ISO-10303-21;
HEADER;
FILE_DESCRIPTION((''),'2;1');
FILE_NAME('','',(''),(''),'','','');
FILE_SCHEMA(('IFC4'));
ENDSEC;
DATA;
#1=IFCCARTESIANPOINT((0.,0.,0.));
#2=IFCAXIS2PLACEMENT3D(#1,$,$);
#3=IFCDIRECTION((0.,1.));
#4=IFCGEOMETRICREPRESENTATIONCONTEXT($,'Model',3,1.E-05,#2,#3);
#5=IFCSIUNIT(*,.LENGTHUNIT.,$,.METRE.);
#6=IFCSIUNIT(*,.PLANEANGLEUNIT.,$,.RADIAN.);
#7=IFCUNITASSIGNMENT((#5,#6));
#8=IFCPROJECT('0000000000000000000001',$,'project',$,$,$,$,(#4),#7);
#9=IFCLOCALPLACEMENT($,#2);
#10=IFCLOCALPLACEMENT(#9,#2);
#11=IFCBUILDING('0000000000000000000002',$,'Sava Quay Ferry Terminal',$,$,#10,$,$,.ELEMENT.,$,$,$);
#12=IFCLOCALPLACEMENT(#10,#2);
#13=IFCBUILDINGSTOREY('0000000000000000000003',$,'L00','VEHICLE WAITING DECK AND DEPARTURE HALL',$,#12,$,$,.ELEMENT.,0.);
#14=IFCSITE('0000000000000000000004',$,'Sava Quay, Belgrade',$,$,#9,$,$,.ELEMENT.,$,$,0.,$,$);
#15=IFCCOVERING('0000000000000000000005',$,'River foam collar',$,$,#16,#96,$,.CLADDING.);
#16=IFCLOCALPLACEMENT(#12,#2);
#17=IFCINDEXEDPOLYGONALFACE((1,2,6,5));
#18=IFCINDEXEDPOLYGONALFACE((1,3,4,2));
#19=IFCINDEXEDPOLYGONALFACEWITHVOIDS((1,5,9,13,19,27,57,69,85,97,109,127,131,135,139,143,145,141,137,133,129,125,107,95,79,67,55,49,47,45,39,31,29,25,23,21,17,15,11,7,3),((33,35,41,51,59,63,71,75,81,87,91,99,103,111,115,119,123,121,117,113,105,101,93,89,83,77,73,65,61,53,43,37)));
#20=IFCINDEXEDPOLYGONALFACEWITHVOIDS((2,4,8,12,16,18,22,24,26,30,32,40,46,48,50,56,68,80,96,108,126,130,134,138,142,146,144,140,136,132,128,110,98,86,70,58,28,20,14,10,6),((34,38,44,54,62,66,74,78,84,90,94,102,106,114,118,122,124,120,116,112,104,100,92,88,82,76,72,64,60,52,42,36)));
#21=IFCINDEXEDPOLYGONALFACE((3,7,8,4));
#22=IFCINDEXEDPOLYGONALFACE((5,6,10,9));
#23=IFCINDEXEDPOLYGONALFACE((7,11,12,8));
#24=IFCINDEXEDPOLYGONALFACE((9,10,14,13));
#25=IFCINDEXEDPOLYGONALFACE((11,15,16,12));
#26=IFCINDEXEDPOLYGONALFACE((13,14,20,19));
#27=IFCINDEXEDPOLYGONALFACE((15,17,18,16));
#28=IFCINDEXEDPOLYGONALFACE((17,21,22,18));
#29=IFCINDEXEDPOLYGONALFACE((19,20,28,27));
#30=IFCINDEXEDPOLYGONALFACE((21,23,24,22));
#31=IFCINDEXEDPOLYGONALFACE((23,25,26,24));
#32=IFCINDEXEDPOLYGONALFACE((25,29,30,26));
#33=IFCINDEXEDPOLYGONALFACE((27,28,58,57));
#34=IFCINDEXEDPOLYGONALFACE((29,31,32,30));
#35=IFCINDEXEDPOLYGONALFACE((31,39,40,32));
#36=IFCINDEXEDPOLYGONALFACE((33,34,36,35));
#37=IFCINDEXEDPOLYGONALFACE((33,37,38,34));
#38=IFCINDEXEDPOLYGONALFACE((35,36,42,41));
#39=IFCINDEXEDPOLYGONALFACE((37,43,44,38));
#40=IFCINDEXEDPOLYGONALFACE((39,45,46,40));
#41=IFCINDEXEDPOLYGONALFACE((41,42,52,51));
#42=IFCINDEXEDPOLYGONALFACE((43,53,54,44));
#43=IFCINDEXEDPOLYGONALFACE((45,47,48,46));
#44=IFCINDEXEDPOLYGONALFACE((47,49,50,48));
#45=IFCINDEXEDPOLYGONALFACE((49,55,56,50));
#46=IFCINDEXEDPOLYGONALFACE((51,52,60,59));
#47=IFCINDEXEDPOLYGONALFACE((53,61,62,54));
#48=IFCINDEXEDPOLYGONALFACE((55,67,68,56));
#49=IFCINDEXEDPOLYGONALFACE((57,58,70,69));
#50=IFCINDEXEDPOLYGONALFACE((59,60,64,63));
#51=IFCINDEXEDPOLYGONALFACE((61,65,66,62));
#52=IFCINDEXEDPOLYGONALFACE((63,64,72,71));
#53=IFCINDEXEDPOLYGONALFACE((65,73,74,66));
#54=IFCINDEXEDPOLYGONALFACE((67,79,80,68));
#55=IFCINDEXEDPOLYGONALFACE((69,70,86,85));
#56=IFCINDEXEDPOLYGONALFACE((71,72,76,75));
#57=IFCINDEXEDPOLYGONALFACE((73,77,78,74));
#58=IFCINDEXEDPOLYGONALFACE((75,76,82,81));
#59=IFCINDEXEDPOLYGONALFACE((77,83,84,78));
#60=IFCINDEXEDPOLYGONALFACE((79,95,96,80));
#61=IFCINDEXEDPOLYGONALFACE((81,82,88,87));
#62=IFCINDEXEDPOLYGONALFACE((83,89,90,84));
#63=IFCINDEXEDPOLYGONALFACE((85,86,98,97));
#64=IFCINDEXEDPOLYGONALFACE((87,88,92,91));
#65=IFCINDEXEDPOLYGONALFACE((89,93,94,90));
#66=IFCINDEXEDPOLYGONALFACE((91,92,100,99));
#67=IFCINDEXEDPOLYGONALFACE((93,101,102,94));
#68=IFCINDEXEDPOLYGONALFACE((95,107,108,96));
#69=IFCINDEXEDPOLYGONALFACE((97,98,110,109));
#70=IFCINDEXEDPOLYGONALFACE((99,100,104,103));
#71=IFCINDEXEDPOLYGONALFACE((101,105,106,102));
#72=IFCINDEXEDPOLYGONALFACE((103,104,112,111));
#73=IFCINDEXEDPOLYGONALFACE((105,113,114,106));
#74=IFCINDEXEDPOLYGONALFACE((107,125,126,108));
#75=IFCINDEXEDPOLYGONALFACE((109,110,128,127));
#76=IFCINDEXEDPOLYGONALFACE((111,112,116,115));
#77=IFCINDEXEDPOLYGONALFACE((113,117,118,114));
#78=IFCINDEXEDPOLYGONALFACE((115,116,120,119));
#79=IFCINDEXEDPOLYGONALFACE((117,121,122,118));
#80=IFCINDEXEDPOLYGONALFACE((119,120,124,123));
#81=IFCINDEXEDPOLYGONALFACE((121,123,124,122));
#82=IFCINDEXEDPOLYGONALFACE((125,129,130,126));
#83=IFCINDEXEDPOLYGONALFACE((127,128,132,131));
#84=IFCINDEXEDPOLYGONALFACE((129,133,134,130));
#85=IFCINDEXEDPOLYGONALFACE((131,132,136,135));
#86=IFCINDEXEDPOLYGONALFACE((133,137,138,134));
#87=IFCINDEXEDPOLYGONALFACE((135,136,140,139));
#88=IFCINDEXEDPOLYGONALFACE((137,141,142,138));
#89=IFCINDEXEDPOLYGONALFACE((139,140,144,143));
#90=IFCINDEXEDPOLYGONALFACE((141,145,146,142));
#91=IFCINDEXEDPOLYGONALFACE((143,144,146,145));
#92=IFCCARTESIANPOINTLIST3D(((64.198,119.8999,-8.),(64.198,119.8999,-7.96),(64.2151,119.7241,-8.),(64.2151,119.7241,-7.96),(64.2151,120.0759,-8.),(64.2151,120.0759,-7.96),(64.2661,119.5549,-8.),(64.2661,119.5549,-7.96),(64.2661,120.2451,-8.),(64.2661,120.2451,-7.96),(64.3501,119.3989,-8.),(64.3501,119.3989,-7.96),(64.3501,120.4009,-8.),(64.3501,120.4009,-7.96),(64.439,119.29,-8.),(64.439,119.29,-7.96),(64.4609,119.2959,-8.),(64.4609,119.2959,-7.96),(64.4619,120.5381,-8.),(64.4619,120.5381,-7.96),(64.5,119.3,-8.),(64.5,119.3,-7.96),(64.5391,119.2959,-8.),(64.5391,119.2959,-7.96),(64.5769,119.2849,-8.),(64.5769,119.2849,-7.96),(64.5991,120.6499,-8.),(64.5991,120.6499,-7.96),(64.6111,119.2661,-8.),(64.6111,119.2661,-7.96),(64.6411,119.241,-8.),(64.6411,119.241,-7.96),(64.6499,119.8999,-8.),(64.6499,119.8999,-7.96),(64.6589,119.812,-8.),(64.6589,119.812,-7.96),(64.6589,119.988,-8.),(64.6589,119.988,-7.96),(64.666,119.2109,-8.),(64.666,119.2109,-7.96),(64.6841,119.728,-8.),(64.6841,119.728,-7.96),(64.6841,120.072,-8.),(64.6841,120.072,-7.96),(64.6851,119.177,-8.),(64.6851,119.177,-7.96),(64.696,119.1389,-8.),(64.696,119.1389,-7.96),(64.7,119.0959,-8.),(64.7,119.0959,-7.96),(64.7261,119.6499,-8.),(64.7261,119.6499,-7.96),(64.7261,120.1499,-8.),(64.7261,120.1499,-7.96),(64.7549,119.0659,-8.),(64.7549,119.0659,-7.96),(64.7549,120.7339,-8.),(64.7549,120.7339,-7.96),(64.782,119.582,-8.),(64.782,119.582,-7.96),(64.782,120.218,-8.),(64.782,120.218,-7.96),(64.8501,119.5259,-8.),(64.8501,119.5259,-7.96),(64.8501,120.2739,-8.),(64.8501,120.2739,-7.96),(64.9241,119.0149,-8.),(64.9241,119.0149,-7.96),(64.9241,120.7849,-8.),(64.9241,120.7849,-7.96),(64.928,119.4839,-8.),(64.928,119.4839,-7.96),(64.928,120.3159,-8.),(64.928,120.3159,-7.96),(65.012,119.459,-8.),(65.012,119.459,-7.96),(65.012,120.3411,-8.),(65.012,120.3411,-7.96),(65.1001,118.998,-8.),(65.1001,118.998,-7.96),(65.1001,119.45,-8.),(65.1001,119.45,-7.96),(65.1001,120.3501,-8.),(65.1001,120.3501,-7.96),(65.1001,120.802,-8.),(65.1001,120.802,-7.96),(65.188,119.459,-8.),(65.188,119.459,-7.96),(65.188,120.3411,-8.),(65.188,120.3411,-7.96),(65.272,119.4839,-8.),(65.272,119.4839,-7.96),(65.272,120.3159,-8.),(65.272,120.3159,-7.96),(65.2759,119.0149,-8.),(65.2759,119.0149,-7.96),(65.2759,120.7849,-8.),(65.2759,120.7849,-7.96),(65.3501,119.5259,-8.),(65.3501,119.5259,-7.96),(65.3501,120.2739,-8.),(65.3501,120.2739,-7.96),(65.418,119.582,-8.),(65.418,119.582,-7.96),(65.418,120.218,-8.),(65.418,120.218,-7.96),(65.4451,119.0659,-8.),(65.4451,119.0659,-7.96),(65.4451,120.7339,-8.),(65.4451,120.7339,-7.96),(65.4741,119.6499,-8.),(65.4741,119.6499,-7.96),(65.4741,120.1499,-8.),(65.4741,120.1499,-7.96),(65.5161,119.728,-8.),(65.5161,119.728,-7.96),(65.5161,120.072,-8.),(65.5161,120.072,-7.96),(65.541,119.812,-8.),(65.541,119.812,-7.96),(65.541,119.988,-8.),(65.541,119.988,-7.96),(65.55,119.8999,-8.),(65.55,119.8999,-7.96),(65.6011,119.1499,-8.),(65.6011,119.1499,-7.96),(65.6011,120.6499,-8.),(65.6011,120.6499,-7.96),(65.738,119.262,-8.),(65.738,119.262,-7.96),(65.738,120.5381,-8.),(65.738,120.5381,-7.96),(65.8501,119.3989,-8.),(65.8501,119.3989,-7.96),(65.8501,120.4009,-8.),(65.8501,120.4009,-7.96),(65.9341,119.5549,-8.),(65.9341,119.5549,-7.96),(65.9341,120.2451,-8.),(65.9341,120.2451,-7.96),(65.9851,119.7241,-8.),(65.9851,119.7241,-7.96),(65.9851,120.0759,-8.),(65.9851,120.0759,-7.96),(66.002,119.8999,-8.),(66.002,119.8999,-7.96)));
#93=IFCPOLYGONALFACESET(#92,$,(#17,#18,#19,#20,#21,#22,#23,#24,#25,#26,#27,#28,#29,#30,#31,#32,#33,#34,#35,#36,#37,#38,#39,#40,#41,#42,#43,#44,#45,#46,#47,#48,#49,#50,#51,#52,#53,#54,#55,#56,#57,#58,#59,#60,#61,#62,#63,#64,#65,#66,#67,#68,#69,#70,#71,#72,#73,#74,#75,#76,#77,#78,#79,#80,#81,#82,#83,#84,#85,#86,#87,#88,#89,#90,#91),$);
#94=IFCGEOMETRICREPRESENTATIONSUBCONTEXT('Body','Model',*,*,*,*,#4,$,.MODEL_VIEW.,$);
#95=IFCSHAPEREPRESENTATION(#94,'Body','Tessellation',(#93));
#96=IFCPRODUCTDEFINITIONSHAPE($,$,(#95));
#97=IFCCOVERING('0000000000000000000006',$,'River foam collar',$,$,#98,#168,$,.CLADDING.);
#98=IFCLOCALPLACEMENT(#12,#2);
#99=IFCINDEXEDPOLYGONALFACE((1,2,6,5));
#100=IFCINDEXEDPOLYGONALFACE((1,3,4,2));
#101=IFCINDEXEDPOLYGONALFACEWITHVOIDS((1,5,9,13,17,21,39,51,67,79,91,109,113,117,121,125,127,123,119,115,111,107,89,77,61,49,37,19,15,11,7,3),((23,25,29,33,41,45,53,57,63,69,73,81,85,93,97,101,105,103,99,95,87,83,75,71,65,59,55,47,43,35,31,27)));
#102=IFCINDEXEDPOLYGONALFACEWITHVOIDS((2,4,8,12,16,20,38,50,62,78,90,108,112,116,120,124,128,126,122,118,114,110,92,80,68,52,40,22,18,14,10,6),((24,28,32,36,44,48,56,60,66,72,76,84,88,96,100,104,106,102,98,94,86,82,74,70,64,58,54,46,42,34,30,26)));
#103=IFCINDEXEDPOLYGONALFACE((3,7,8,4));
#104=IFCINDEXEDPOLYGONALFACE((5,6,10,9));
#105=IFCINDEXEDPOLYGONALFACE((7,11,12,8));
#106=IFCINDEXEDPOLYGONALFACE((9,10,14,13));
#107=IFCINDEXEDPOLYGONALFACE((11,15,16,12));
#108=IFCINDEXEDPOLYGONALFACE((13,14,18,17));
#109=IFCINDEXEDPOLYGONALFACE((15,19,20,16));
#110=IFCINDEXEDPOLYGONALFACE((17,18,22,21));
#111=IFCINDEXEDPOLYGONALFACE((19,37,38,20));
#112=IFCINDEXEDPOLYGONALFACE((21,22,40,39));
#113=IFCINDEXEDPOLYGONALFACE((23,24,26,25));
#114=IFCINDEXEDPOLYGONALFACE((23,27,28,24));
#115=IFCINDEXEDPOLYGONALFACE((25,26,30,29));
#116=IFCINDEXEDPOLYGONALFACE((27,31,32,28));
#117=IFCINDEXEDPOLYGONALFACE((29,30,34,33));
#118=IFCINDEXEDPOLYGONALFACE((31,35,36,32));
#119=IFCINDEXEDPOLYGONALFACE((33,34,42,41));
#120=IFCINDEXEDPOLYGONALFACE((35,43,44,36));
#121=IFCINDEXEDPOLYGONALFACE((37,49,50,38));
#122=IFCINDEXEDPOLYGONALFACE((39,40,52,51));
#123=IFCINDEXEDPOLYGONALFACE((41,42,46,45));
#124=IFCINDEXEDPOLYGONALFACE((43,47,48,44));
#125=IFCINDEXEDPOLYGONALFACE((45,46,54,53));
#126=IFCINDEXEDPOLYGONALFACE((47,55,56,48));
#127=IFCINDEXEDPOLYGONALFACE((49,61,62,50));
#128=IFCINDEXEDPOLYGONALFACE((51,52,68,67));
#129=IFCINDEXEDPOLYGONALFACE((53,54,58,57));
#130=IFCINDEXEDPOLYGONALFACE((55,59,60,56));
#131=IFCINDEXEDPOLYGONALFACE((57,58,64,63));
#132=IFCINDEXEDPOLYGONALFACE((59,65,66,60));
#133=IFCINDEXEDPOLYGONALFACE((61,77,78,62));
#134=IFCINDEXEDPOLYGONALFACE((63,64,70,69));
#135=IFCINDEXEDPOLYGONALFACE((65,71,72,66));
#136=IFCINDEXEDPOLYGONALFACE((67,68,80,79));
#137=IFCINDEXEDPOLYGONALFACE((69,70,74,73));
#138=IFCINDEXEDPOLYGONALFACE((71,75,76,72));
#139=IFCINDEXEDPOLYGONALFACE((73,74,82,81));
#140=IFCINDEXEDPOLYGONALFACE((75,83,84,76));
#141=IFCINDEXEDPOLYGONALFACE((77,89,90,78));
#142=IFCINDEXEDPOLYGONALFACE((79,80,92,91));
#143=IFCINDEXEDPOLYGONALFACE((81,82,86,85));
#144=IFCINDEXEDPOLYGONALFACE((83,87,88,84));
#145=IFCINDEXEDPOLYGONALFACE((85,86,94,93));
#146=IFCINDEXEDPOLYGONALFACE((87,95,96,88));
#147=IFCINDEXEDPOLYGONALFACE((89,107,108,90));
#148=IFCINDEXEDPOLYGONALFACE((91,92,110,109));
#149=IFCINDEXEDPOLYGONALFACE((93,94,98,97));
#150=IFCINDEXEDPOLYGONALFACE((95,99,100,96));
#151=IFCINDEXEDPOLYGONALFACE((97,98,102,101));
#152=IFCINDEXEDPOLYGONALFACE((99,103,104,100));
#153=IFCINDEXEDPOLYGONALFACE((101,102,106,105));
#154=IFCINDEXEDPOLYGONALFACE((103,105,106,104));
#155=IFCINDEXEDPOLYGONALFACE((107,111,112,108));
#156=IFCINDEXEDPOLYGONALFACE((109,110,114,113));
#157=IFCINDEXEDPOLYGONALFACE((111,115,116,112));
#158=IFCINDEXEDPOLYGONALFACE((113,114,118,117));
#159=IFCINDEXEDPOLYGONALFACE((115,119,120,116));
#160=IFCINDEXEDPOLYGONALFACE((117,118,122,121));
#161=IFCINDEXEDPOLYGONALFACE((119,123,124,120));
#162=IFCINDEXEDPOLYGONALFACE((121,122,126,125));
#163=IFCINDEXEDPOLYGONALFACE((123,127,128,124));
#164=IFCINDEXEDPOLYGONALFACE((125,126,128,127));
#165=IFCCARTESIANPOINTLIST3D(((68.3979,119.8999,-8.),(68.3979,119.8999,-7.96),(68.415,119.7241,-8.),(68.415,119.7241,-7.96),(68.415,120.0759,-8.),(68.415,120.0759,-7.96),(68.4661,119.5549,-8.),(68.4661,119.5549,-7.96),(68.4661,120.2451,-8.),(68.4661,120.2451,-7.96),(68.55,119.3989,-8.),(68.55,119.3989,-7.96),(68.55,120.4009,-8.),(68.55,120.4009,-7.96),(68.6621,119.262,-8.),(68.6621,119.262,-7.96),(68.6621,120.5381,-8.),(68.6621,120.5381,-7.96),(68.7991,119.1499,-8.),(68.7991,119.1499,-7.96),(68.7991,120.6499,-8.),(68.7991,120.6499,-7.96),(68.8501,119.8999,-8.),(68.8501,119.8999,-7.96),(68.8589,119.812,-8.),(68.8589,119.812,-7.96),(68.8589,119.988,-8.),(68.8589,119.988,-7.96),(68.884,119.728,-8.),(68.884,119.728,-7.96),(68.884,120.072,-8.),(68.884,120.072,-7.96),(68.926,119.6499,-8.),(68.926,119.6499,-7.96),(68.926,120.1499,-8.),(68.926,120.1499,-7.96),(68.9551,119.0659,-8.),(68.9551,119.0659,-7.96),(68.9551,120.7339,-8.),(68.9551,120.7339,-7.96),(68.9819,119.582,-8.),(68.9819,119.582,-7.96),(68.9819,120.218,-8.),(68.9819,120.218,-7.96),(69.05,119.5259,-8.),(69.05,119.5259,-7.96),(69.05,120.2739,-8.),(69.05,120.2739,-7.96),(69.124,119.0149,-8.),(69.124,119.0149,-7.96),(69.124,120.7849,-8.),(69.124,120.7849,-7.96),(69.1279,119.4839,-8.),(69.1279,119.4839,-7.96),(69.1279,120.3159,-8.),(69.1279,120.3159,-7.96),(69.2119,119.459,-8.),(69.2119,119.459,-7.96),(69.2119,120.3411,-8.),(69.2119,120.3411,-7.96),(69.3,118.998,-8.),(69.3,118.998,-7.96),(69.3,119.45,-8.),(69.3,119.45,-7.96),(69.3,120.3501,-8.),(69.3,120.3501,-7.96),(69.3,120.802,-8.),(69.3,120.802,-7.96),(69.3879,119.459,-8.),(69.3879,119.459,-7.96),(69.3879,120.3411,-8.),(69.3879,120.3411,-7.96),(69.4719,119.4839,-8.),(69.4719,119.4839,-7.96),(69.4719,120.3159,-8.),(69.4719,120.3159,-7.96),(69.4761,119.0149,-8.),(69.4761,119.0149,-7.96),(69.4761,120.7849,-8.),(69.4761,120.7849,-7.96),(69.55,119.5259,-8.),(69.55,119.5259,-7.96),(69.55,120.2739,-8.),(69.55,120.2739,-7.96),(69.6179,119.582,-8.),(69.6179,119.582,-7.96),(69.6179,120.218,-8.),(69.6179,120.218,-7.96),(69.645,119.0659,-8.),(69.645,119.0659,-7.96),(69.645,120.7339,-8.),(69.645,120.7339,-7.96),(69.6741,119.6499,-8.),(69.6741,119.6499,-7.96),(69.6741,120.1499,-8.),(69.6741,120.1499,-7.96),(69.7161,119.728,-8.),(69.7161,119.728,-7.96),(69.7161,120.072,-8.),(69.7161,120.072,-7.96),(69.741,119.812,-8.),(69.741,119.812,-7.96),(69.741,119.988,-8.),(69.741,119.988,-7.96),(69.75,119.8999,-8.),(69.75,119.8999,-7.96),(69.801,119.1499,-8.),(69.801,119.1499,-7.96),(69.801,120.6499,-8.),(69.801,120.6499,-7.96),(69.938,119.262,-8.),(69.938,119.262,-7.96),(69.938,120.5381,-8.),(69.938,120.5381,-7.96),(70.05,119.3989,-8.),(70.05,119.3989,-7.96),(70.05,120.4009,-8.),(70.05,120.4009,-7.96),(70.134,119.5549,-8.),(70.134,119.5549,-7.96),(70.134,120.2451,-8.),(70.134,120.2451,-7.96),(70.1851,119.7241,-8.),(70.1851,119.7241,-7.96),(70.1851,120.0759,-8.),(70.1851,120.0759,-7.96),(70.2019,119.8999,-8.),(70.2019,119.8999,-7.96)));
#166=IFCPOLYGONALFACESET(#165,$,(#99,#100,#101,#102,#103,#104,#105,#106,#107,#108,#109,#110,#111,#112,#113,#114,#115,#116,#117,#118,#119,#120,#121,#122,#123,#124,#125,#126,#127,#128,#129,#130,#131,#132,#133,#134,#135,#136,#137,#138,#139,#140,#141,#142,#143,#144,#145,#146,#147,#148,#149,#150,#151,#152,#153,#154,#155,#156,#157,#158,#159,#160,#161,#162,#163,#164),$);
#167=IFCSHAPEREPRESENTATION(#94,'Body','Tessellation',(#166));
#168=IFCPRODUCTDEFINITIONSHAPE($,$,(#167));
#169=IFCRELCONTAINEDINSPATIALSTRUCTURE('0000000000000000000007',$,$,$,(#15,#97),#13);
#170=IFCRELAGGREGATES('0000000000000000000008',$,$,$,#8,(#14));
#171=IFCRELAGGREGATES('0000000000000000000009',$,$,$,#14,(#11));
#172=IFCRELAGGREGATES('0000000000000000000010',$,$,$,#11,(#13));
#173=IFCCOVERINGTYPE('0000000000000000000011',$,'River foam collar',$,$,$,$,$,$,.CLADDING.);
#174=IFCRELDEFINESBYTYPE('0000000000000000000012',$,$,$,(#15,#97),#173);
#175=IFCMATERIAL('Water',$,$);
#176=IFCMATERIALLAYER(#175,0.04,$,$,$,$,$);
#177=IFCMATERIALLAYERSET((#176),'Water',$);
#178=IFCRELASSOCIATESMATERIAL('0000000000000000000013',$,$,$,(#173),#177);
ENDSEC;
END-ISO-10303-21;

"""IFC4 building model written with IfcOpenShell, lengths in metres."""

from ifc_helpers import new_model, si_unit, direction, frame, origin, place, context, subcontext, project, spatial, polyline, outline, extrude, material, layer, layer_set, type_object, element, save


model = new_model("IFC4")

# Units and contexts
model_context = context("Model", 3, precision=1e-05, world=origin(), true_north=direction((0.0, 1.0)))
body_context = subcontext(model_context, "Body", "Model", "MODEL_VIEW")
ifc_project = project(units=[si_unit("LENGTHUNIT", "METRE"), si_unit("PLANEANGLEUNIT", "RADIAN")], contexts=[model_context])

# Site, building, storey
site_placement = place(None, origin())
site = spatial("IfcSite", under=ifc_project, at=site_placement, Name="Sava Quay, Belgrade", CompositionType="ELEMENT", RefElevation=0.0)
building_placement = place(site_placement, origin())
building = spatial("IfcBuilding", under=site, at=building_placement, Name="Sava Quay Ferry Terminal", CompositionType="ELEMENT")
storey_placement = place(building_placement, origin())
storey = spatial("IfcBuildingStorey", under=building, at=storey_placement, Name="L00", Description="VEHICLE WAITING DECK AND DEPARTURE HALL", CompositionType="ELEMENT", Elevation=0.0)

# Coverings
ifc_material = material(Name="Water")
ifc_layer = layer(ifc_material, 0.04)
ifc_layer_set = layer_set([ifc_layer], Name="Water")
covering_type = type_object("IfcCoveringType", Name="River foam collar", PredefinedType="CLADDING", material=ifc_layer_set)
covering_1_placement = place(storey_placement, frame((0.0, 0.0, -8.0)))
element("IfcCovering", 1, at=covering_1_placement, inside=storey, type_object=covering_type, Name="River foam collar", PredefinedType="CLADDING", context=body_context, shape_type="SweptSolid", body=[
    extrude(outline(polyline([(65.9341, 120.2451), (65.8501, 120.4009), (65.738, 120.5381), (65.6011, 120.6499), (65.4451, 120.7339), (65.2759, 120.7849), (65.1001, 120.802), (64.9241, 120.7849), (64.7549, 120.7339), (64.5991, 120.6499), (64.4619, 120.5381), (64.3501, 120.4009), (64.2661, 120.2451), (64.2151, 120.0759), (64.198, 119.8999), (64.2151, 119.7241), (64.2661, 119.5549), (64.3501, 119.3989), (64.439, 119.29), (64.4609, 119.2959), (64.5, 119.3), (64.5391, 119.2959), (64.5769, 119.2849), (64.6111, 119.2661), (64.6411, 119.241), (64.666, 119.2109), (64.6851, 119.177), (64.696, 119.1389), (64.7, 119.0959), (64.7549, 119.0659), (64.9241, 119.0149), (65.1001, 118.998), (65.2759, 119.0149), (65.4451, 119.0659), (65.6011, 119.1499), (65.738, 119.262), (65.8501, 119.3989), (65.9341, 119.5549), (65.9851, 119.7241), (66.002, 119.8999), (65.9851, 120.0759), (65.9341, 120.2451)]), holes=[polyline([(65.1001, 120.3501), (65.188, 120.3411), (65.272, 120.3159), (65.3501, 120.2739), (65.418, 120.218), (65.4741, 120.1499), (65.5161, 120.072), (65.541, 119.988), (65.55, 119.8999), (65.541, 119.812), (65.5161, 119.728), (65.4741, 119.6499), (65.418, 119.582), (65.3501, 119.5259), (65.272, 119.4839), (65.188, 119.459), (65.1001, 119.45), (65.012, 119.459), (64.928, 119.4839), (64.8501, 119.5259), (64.782, 119.582), (64.7261, 119.6499), (64.6841, 119.728), (64.6589, 119.812), (64.6499, 119.8999), (64.6589, 119.988), (64.6841, 120.072), (64.7261, 120.1499), (64.782, 120.218), (64.8501, 120.2739), (64.928, 120.3159), (65.012, 120.3411), (65.1001, 120.3501)])]), origin(), (0.0, 0.0, 1.0), 0.04),
])
covering_2_placement = place(storey_placement, frame((0.0, 0.0, -8.0)))
element("IfcCovering", 2, at=covering_2_placement, inside=storey, type_object=covering_type, Name="River foam collar", PredefinedType="CLADDING", context=body_context, shape_type="SweptSolid", body=[
    extrude(outline(polyline([(69.124, 119.0149), (69.3, 118.998), (69.4761, 119.0149), (69.645, 119.0659), (69.801, 119.1499), (69.938, 119.262), (70.05, 119.3989), (70.134, 119.5549), (70.1851, 119.7241), (70.2019, 119.8999), (70.1851, 120.0759), (70.134, 120.2451), (70.05, 120.4009), (69.938, 120.5381), (69.801, 120.6499), (69.645, 120.7339), (69.4761, 120.7849), (69.3, 120.802), (69.124, 120.7849), (68.9551, 120.7339), (68.7991, 120.6499), (68.6621, 120.5381), (68.55, 120.4009), (68.4661, 120.2451), (68.415, 120.0759), (68.3979, 119.8999), (68.415, 119.7241), (68.4661, 119.5549), (68.55, 119.3989), (68.6621, 119.262), (68.7991, 119.1499), (68.9551, 119.0659), (69.124, 119.0149)]), holes=[polyline([(69.2119, 120.3411), (69.3, 120.3501), (69.3879, 120.3411), (69.4719, 120.3159), (69.55, 120.2739), (69.6179, 120.218), (69.6741, 120.1499), (69.7161, 120.072), (69.741, 119.988), (69.75, 119.8999), (69.741, 119.812), (69.7161, 119.728), (69.6741, 119.6499), (69.6179, 119.582), (69.55, 119.5259), (69.4719, 119.4839), (69.3879, 119.459), (69.3, 119.45), (69.2119, 119.459), (69.1279, 119.4839), (69.05, 119.5259), (68.9819, 119.582), (68.926, 119.6499), (68.884, 119.728), (68.8589, 119.812), (68.8501, 119.8999), (68.8589, 119.988), (68.884, 120.072), (68.926, 120.1499), (68.9819, 120.218), (69.05, 120.2739), (69.1279, 120.3159), (69.2119, 120.3411)])]), origin(), (0.0, 0.0, 1.0), 0.04),
])

save(model, "model.ifc")
